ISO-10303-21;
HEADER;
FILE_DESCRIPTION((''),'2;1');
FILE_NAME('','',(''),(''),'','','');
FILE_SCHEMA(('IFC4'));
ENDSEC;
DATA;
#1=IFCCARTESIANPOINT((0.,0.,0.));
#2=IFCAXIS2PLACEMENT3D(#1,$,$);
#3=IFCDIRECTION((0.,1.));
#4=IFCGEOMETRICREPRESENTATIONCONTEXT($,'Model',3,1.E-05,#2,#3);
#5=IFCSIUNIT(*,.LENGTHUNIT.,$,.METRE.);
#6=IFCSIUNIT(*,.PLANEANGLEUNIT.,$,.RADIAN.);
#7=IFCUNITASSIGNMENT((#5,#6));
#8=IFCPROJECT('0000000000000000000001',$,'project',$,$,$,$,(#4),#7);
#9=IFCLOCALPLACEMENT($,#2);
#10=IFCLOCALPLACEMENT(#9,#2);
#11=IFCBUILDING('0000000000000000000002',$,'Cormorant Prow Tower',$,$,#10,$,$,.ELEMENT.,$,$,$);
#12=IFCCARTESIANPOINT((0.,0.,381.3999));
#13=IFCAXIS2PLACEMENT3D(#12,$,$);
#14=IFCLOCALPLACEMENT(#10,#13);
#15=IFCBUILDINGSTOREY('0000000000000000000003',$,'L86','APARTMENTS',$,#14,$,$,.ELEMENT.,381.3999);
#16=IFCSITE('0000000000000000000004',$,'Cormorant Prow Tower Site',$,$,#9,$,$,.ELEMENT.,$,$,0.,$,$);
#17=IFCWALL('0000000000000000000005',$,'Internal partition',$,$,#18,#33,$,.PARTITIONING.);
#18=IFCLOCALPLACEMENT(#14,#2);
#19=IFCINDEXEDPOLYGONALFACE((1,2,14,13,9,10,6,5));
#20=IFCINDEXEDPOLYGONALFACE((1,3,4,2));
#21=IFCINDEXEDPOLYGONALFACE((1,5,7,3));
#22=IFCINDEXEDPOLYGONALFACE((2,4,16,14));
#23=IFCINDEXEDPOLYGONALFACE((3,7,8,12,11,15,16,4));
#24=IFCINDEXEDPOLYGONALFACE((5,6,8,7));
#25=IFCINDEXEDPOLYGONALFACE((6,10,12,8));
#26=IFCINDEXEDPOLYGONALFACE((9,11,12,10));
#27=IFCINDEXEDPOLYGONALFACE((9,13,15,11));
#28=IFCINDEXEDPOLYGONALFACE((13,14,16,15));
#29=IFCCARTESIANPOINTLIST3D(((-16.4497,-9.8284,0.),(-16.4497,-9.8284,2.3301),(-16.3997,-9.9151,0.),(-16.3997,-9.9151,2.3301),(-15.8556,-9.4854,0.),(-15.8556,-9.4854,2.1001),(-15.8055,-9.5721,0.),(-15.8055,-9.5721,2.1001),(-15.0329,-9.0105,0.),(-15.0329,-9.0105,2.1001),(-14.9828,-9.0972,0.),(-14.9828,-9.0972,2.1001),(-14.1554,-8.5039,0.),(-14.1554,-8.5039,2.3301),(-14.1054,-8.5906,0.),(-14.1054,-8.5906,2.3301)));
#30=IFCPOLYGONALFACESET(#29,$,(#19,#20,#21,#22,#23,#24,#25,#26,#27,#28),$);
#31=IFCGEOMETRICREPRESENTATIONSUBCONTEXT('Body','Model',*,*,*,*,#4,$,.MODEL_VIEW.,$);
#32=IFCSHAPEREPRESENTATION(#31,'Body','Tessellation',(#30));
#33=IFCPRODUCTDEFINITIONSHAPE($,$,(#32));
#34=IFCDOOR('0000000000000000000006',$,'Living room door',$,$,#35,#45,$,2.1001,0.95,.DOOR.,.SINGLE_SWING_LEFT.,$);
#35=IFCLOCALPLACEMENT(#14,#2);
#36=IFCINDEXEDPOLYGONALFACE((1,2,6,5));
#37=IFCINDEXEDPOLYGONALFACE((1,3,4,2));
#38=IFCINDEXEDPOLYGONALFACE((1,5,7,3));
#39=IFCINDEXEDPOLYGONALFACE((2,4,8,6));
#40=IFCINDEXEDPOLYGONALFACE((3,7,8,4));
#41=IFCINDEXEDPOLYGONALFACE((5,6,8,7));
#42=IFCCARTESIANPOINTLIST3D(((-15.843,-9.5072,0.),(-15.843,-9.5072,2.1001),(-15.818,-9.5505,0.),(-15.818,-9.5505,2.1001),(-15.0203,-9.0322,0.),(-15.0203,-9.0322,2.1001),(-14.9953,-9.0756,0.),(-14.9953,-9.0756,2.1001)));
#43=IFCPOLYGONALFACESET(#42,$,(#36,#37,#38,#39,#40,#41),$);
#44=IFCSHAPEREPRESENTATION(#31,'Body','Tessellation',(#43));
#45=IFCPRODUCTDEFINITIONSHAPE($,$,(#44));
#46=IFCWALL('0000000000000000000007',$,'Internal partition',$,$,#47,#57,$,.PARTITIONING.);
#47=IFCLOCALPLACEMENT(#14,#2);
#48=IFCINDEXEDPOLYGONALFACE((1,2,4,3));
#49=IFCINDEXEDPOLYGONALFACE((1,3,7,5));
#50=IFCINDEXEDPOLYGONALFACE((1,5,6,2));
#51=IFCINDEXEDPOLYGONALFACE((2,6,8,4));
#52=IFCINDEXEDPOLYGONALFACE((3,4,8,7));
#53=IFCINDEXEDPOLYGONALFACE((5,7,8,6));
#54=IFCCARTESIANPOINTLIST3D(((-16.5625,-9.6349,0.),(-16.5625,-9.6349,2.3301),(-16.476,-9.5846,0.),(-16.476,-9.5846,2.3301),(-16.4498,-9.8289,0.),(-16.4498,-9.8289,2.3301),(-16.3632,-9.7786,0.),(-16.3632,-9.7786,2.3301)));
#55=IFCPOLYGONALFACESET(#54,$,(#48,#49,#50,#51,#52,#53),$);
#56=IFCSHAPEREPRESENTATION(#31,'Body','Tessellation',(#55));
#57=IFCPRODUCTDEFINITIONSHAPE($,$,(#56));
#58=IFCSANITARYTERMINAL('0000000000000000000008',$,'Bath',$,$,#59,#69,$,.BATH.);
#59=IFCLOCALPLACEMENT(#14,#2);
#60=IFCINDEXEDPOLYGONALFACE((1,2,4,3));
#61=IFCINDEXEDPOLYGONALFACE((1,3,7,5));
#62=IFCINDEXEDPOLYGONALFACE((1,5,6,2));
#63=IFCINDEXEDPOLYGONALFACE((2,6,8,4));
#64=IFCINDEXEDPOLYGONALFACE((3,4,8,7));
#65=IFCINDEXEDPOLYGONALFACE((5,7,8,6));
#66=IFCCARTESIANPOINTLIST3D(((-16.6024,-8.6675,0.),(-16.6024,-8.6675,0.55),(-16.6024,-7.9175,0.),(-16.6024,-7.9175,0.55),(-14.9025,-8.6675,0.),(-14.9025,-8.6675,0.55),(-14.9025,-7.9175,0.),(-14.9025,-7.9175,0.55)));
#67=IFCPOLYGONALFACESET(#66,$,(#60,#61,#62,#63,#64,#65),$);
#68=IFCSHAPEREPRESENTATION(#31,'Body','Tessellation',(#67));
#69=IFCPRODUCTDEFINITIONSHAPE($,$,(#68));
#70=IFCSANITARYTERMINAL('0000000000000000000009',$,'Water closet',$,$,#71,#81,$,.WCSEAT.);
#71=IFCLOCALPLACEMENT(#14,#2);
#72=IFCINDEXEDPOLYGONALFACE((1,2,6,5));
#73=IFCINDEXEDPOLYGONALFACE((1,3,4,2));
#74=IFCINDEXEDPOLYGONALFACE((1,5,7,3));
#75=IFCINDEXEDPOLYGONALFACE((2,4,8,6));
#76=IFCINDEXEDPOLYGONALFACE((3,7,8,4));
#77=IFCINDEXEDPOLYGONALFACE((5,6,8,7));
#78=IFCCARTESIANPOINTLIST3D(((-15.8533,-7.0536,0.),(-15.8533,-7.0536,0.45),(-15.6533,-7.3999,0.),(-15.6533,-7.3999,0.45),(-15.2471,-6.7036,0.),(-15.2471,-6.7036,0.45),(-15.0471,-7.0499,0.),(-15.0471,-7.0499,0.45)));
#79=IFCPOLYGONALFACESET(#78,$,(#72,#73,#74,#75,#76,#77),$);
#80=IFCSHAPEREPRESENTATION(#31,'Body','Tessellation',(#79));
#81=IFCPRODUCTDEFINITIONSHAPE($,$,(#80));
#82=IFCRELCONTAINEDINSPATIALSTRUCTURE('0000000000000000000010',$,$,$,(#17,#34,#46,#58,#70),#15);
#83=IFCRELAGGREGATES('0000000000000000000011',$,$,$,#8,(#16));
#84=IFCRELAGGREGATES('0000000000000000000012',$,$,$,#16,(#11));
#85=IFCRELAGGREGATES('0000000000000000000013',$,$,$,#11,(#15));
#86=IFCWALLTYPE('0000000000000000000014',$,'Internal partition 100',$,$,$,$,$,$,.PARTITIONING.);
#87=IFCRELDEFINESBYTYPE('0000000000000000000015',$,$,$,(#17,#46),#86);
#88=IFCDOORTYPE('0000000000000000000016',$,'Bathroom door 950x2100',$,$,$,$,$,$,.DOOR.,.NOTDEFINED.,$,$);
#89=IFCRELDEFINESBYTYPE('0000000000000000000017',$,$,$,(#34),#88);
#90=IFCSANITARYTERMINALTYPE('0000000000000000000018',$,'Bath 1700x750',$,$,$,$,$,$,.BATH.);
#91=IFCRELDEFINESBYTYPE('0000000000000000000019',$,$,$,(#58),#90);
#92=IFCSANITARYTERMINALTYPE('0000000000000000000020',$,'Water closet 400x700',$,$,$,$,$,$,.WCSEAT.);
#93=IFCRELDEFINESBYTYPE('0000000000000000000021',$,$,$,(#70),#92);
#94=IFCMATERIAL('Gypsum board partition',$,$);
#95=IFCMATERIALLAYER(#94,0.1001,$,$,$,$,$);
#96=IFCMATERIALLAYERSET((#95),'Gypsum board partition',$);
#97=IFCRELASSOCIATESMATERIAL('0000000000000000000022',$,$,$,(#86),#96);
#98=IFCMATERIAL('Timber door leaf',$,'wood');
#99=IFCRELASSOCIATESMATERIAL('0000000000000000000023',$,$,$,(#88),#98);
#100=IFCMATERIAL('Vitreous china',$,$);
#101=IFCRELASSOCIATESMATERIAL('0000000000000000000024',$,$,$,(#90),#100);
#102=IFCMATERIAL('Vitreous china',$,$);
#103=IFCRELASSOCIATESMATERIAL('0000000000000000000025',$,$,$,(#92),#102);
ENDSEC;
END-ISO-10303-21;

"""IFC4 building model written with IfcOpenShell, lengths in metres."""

from ifc_helpers import new_model, si_unit, direction, frame, frame_2d, origin, origin_2d, place, context, subcontext, project, spatial, rectangle, extrude, material, layer, layer_set, type_object, element, fill, save


model = new_model("IFC4")

# Units and contexts
model_context = context("Model", 3, precision=1e-05, world=origin(), true_north=direction((0.0, 1.0)))
body_context = subcontext(model_context, "Body", "Model", "MODEL_VIEW")
ifc_project = project(units=[si_unit("LENGTHUNIT", "METRE"), si_unit("PLANEANGLEUNIT", "RADIAN")], contexts=[model_context])

# Site, building, storey
site_placement = place(None, origin())
site = spatial("IfcSite", under=ifc_project, at=site_placement, Name="Cormorant Prow Tower Site", CompositionType="ELEMENT", RefElevation=0.0)
building_placement = place(site_placement, origin())
building = spatial("IfcBuilding", under=site, at=building_placement, Name="Cormorant Prow Tower", CompositionType="ELEMENT")
storey_placement = place(building_placement, frame((0.0, 0.0, 381.3999)))
storey = spatial("IfcBuildingStorey", under=building, at=storey_placement, Name="L86", Description="APARTMENTS", CompositionType="ELEMENT", Elevation=381.3999)

# Wall, opening, door
ifc_material_1 = material(Name="Gypsum board partition")
ifc_layer_1 = layer(ifc_material_1, 0.1001)
ifc_layer_set_1 = layer_set([ifc_layer_1], Name="Gypsum board partition")
wall_type_1 = type_object("IfcWallType", Name="Internal partition 100", PredefinedType="PARTITIONING", material=ifc_layer_set_1)
wall_1_placement = place(storey_placement, frame((-16.4248, -9.8718, 0.0), z_axis=(0.0, 0.0, 1.0), x_axis=(0.86604, 0.499975, 0.0)))
wall_1 = element("IfcWall", 1, at=wall_1_placement, inside=storey, type_object=wall_type_1, Name="Internal partition", PredefinedType="PARTITIONING", context=body_context, shape_type="SweptSolid", body=[
    extrude(rectangle(XDim=2.6492, YDim=0.1001, at=frame_2d((1.3247, 0.0))), origin(), (0.0, 0.0, 1.0), 2.3301),
])
opening_1_placement = place(wall_1_placement, frame((0.686, 0.0, 0.0)))
opening_1 = element("IfcOpeningElement", 2, at=opening_1_placement, cuts=wall_1, PredefinedType="OPENING", context=body_context, shape_type="SweptSolid", body=[
    extrude(rectangle(XDim=0.95, YDim=2.1001, at=frame_2d((0.4751, 1.05))), frame((0.0, 0.0601, 0.0), z_axis=(0.0, -1.0, 0.0), x_axis=(1.0, 0.0, 0.0)), (0.0, 0.0, 1.0), 0.1201),
])
ifc_material_2 = material(Name="Timber door leaf", Category="wood")
door_type_1 = type_object("IfcDoorType", Name="Bathroom door 950x2100", OperationType="NOTDEFINED", PredefinedType="DOOR", material=ifc_material_2)
door_1_placement = place(opening_1_placement, origin())
door_1 = element("IfcDoor", 3, at=door_1_placement, inside=storey, type_object=door_type_1, Name="Living room door", OperationType="SINGLE_SWING_LEFT", OverallHeight=2.1001, OverallWidth=0.95, PredefinedType="DOOR", context=body_context, shape_type="SweptSolid", body=[
    extrude(rectangle(XDim=0.95, YDim=2.1001, at=frame_2d((0.4751, 1.05))), frame((0.0, 0.0249, 0.0), z_axis=(0.0, -1.0, 0.0), x_axis=(1.0, 0.0, 0.0)), (0.0, 0.0, 1.0), 0.05),
])
fill(opening_1, door_1)

# Wall
wall_2_placement = place(storey_placement, frame((-16.5193, -9.6096, 0.0), z_axis=(0.0, 0.0, 1.0), x_axis=(0.50245, -0.864606, 0.0)))
element("IfcWall", 4, at=wall_2_placement, inside=storey, type_object=wall_type_1, Name="Internal partition", PredefinedType="PARTITIONING", context=body_context, shape_type="SweptSolid", body=[
    extrude(rectangle(XDim=0.2244, YDim=0.1001, at=frame_2d((0.1123, 0.0))), origin(), (0.0, 0.0, 1.0), 2.3301),
])

# Sanitary terminals
ifc_material_3 = material(Name="Vitreous china")
sanitary_terminal_type_1 = type_object("IfcSanitaryTerminalType", Name="Bath 1700x750", PredefinedType="BATH", material=ifc_material_3)
sanitary_terminal_1_placement = place(storey_placement, frame((-15.7524, -8.2925, 0.0), z_axis=(0.0, 0.0, 1.0), x_axis=(1.0, 0.0, 0.0)))
element("IfcSanitaryTerminal", 5, at=sanitary_terminal_1_placement, inside=storey, type_object=sanitary_terminal_type_1, Name="Bath", PredefinedType="BATH", context=body_context, shape_type="SweptSolid", body=[
    extrude(rectangle(XDim=1.7, YDim=0.75, at=origin_2d()), origin(), (0.0, 0.0, 1.0), 0.55),
])
ifc_material_4 = material(Name="Vitreous china")
sanitary_terminal_type_2 = type_object("IfcSanitaryTerminalType", Name="Water closet 400x700", PredefinedType="WCSEAT", material=ifc_material_4)
sanitary_terminal_2_placement = place(storey_placement, frame((-15.4502, -7.0518, 0.0), z_axis=(0.0, 0.0, 1.0), x_axis=(0.5, -0.866025, 0.0)))
element("IfcSanitaryTerminal", 6, at=sanitary_terminal_2_placement, inside=storey, type_object=sanitary_terminal_type_2, Name="Water closet", PredefinedType="WCSEAT", context=body_context, shape_type="SweptSolid", body=[
    extrude(rectangle(XDim=0.3999, YDim=0.7, at=origin_2d()), origin(), (0.0, 0.0, 1.0), 0.45),
])

save(model, "model.ifc")
